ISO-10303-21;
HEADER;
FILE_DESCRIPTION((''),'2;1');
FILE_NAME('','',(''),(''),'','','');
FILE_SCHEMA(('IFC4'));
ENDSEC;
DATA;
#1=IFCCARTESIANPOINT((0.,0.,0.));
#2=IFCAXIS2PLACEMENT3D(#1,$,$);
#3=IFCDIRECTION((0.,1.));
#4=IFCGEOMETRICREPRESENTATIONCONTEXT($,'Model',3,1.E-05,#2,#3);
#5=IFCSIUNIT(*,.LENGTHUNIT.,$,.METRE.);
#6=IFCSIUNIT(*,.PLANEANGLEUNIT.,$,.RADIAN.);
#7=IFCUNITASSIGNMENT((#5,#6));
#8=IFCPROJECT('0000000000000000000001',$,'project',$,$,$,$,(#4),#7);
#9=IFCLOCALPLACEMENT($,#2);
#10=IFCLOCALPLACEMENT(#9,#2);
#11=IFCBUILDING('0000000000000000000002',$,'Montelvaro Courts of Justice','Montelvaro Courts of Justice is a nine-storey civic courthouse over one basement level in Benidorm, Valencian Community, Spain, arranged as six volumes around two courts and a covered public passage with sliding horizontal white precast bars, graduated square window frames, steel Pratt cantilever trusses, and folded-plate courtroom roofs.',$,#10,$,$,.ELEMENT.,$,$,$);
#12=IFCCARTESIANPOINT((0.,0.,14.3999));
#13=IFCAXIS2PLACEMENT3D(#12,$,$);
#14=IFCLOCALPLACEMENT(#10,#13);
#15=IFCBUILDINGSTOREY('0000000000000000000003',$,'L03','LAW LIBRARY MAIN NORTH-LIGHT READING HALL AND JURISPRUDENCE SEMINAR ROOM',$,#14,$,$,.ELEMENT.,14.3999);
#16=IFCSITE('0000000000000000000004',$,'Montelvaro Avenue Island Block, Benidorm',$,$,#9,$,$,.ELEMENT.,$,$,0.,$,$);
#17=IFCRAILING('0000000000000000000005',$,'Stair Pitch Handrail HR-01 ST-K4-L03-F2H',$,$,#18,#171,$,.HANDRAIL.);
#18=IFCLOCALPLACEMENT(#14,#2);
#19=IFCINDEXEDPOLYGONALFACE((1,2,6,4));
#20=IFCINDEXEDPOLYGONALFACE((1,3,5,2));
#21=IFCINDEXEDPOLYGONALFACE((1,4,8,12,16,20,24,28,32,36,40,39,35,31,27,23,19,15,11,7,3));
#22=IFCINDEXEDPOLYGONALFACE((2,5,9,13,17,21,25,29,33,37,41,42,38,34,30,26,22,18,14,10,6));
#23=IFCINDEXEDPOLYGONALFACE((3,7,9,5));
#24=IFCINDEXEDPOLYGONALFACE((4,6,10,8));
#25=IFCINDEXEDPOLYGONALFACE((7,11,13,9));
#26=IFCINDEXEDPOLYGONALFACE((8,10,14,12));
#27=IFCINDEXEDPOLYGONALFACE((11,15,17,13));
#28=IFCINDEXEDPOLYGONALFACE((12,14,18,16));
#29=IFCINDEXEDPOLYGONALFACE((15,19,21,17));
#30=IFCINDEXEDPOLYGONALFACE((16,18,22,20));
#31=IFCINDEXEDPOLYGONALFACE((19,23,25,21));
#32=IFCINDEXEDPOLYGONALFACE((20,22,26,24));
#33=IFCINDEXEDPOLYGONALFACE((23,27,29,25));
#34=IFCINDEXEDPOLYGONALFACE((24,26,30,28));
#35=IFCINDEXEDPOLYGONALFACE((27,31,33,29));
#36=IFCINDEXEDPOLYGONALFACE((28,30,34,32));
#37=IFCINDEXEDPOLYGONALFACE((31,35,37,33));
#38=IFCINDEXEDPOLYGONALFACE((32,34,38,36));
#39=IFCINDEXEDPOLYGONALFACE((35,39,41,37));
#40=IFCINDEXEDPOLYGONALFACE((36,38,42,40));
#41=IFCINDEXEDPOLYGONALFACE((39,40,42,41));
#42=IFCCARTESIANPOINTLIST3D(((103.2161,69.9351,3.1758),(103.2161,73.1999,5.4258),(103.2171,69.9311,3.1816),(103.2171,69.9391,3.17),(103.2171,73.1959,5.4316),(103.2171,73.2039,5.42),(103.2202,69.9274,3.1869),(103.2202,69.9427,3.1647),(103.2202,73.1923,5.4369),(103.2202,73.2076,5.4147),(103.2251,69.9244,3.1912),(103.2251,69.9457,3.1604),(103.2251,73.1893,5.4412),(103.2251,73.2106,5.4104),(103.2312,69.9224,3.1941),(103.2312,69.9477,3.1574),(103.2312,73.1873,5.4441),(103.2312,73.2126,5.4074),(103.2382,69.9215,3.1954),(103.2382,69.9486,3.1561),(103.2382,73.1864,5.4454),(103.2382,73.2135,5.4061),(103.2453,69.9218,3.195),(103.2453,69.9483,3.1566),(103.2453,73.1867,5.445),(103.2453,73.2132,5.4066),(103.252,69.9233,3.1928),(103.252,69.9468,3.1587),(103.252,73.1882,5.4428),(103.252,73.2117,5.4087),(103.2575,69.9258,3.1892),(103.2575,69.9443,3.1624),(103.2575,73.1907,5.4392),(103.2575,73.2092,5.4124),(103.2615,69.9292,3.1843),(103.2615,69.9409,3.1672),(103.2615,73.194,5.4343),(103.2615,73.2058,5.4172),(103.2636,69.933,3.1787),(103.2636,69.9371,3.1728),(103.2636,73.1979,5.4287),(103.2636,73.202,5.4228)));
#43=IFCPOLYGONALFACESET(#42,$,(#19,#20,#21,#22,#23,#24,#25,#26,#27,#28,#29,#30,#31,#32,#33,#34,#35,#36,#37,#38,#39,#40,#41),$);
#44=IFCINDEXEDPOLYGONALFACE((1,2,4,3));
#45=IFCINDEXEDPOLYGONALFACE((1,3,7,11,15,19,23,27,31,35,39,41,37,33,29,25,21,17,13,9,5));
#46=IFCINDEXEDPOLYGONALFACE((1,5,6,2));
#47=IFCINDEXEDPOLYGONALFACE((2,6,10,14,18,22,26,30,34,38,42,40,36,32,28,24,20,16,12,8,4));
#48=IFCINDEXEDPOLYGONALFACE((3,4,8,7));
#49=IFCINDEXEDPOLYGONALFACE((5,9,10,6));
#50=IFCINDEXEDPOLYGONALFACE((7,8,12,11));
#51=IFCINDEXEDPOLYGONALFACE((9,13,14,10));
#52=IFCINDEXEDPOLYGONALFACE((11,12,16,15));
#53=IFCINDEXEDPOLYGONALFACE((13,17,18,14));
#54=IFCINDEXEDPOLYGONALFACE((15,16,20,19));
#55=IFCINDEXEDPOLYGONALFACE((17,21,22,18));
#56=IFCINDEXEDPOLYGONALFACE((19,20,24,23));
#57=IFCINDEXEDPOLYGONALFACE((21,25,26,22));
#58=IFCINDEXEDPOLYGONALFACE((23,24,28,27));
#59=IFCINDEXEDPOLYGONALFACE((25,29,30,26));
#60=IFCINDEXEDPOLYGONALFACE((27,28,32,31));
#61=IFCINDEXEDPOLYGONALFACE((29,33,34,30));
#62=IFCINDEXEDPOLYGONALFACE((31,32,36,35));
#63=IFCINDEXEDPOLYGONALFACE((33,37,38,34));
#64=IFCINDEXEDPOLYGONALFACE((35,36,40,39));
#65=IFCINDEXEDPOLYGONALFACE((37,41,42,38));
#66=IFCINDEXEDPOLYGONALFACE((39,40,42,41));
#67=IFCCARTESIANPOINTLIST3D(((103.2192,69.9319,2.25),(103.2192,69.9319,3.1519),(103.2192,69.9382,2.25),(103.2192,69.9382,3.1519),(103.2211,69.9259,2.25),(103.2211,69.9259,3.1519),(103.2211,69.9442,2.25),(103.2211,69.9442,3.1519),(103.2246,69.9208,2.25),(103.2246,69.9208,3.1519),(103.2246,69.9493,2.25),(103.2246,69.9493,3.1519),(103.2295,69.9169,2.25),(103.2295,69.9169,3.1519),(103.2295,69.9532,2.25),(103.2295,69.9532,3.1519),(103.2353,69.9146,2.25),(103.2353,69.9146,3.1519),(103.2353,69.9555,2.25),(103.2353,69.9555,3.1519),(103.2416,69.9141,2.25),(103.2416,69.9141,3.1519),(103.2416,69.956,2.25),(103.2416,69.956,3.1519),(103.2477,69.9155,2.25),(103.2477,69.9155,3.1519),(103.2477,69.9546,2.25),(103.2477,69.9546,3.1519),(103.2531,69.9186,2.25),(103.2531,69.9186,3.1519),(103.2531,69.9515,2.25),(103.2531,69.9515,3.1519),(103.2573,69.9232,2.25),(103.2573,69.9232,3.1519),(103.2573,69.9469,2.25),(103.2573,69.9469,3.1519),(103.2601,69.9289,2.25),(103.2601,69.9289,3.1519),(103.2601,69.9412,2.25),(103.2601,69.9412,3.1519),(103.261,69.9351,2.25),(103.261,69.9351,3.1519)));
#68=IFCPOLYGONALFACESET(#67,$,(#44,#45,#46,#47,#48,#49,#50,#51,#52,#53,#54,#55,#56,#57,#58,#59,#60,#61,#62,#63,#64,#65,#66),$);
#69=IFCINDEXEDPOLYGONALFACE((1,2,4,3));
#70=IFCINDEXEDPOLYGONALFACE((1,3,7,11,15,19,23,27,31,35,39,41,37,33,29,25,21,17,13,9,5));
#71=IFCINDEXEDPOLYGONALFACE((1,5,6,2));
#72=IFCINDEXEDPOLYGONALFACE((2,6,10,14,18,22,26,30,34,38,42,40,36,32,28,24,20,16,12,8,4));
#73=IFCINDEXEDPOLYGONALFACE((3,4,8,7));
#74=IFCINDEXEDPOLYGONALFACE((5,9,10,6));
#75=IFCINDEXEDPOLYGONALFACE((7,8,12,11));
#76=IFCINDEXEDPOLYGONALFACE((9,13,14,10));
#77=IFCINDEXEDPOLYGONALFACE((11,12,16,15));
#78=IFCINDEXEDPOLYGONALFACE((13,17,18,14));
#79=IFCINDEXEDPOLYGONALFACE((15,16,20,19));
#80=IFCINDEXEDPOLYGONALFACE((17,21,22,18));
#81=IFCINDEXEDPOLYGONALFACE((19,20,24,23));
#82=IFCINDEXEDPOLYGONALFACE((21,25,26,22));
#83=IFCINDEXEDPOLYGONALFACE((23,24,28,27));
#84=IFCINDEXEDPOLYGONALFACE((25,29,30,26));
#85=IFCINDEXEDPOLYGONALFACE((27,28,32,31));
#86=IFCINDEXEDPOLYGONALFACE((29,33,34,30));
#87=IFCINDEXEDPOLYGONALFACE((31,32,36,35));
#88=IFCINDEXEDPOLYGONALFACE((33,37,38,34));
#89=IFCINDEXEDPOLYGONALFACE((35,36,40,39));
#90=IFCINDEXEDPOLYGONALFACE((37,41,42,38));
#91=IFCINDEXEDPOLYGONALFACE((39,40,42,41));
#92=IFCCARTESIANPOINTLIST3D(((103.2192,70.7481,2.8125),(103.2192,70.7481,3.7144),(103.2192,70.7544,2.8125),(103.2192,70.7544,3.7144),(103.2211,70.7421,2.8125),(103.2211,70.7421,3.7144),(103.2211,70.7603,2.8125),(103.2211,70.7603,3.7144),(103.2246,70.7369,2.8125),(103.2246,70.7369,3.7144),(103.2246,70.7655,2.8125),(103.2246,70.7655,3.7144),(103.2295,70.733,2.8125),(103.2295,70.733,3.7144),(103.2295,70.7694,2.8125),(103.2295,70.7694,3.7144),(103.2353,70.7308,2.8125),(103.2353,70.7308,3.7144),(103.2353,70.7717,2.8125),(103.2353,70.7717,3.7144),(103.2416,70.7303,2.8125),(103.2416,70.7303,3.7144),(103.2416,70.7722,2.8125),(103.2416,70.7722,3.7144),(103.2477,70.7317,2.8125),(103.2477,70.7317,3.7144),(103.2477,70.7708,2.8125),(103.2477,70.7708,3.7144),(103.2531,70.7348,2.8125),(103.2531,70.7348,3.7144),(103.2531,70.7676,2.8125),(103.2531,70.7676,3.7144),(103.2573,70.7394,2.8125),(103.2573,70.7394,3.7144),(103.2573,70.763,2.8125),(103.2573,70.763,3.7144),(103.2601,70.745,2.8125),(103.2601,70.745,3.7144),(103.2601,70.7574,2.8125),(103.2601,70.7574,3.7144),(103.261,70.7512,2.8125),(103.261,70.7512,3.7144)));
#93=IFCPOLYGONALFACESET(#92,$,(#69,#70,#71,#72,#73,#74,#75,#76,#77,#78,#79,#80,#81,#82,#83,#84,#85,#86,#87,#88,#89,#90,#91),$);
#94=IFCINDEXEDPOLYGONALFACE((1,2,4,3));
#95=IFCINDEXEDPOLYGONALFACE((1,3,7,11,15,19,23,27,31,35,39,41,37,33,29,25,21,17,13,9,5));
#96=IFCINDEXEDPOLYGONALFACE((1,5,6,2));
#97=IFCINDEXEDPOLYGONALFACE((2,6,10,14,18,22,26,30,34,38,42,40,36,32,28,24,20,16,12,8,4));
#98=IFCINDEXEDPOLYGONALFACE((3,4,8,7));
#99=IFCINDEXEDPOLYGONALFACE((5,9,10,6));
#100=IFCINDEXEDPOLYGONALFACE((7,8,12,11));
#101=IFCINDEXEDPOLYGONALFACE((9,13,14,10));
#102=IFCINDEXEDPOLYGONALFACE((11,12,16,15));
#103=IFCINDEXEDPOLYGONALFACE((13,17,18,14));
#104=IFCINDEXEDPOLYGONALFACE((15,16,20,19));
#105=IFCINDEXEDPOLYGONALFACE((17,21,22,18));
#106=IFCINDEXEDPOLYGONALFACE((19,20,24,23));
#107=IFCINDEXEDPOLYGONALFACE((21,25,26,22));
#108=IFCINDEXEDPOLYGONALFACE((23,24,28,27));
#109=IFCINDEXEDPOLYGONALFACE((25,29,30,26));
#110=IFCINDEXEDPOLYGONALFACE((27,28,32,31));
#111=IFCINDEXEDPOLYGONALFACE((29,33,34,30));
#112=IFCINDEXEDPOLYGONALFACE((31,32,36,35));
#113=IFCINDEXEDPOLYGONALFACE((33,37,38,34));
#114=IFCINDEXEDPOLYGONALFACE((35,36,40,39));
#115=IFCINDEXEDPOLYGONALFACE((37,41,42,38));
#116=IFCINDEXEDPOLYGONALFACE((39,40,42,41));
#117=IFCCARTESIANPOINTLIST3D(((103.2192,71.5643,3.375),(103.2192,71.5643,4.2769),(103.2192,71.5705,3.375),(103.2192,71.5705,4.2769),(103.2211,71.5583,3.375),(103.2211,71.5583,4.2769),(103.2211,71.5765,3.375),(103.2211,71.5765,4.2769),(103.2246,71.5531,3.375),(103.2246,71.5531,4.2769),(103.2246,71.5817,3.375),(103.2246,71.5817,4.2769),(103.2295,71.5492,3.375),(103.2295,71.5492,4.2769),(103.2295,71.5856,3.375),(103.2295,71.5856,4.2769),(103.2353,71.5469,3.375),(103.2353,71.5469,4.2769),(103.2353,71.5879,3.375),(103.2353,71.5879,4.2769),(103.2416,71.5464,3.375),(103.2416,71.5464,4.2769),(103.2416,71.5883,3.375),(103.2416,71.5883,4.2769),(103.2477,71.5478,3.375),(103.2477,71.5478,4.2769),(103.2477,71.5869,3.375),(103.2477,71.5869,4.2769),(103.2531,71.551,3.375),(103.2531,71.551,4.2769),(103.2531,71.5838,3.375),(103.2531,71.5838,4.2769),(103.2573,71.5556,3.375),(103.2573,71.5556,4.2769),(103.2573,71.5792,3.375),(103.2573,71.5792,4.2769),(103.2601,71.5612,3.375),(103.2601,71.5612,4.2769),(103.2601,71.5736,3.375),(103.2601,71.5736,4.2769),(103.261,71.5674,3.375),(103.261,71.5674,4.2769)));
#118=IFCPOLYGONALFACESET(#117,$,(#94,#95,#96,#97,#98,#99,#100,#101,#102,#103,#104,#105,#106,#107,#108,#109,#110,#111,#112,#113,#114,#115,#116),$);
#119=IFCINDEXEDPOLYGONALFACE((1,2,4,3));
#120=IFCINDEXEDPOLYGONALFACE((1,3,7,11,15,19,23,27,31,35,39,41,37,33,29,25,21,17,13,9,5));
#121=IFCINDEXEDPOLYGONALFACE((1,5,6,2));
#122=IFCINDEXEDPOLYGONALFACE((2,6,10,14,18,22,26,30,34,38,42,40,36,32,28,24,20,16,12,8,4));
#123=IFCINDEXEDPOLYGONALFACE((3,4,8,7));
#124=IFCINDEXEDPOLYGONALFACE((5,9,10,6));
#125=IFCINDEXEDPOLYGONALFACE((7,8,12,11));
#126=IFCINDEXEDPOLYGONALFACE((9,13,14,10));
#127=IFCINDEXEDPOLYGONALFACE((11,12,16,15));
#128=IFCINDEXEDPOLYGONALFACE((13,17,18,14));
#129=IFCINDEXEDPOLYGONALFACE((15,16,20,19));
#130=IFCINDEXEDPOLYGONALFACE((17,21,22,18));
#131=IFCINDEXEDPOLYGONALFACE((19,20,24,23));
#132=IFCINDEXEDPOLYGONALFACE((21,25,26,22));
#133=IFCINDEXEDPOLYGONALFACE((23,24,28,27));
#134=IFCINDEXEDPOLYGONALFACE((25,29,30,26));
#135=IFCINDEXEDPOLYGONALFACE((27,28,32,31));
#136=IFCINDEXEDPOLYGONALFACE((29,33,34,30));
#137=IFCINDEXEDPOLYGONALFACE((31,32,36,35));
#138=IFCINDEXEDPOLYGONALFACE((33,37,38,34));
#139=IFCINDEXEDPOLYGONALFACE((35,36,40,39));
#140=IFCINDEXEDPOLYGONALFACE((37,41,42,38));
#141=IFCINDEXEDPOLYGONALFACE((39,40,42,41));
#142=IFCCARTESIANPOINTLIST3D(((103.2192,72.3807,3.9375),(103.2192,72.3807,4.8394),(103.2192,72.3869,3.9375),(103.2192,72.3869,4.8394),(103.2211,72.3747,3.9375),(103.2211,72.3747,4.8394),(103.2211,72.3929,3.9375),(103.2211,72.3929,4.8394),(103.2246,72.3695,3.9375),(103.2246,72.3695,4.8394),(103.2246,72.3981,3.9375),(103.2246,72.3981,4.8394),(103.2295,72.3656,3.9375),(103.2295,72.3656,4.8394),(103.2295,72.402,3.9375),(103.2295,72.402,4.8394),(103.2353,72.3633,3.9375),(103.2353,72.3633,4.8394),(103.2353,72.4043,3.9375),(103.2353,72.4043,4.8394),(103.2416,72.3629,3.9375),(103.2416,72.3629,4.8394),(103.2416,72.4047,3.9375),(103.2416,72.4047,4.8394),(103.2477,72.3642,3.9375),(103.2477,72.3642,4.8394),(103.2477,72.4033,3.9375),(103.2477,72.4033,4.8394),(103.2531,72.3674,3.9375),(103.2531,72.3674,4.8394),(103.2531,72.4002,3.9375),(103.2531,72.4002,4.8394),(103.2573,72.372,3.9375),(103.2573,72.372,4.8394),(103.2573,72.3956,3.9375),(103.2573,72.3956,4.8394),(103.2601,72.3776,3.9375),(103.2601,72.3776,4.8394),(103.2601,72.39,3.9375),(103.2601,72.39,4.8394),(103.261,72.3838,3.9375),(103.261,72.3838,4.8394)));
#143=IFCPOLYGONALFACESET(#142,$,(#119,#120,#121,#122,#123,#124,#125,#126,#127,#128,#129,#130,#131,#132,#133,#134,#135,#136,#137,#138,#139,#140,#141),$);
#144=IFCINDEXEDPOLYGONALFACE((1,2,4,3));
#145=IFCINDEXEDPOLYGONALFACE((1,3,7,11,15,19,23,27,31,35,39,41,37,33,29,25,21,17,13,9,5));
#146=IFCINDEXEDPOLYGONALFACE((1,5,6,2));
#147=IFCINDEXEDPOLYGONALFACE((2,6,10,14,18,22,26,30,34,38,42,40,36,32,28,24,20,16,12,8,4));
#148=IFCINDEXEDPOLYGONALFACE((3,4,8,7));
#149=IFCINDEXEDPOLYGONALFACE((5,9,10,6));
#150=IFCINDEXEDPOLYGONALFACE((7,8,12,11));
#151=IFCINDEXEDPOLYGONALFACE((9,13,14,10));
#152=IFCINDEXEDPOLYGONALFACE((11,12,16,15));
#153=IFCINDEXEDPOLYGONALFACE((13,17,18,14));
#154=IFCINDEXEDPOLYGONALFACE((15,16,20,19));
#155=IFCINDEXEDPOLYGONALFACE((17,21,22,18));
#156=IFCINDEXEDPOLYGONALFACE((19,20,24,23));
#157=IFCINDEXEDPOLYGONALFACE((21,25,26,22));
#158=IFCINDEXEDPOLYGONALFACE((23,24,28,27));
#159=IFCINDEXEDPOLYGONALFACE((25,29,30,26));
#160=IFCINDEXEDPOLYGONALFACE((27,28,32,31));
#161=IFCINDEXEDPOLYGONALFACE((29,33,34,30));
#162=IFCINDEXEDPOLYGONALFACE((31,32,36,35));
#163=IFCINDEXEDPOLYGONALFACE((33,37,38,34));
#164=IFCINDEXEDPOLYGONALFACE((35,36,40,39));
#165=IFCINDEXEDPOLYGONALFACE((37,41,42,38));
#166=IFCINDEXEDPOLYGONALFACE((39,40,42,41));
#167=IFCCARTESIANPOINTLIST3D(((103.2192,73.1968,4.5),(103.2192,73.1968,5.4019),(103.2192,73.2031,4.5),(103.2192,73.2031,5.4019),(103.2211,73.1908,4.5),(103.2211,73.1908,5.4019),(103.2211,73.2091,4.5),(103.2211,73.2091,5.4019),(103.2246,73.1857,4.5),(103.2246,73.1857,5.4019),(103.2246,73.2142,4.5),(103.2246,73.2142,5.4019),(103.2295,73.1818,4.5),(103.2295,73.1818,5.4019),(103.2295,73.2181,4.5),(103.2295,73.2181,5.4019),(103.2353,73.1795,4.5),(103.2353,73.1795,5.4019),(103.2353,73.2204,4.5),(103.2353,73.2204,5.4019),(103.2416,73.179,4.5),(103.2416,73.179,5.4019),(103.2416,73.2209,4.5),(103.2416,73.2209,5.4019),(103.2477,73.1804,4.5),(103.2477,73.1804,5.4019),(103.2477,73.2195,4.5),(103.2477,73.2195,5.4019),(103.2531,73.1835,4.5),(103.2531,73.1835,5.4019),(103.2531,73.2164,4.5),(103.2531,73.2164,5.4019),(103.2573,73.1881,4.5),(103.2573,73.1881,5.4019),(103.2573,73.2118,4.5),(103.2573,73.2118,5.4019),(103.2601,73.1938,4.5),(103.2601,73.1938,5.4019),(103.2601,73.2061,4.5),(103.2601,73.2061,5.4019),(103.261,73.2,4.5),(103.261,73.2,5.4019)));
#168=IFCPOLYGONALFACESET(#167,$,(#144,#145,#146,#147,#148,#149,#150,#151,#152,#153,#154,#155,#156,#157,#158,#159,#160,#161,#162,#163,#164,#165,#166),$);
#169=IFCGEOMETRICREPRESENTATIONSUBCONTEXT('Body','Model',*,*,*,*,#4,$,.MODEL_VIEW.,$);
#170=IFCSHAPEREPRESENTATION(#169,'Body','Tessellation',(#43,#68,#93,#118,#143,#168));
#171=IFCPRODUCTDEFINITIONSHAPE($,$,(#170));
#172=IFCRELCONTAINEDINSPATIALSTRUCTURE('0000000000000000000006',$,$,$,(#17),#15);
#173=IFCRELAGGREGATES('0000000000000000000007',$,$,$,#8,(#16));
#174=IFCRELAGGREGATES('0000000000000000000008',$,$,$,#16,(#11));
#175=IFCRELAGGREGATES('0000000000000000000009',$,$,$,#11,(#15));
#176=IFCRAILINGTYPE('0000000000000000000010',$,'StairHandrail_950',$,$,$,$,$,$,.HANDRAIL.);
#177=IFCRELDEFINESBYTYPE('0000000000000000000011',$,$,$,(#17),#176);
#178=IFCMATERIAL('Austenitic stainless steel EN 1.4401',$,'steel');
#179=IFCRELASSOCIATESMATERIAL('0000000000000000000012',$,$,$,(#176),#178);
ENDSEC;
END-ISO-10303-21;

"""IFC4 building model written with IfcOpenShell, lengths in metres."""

from ifc_helpers import new_model, si_unit, direction, frame, origin, origin_2d, place, context, subcontext, project, spatial, circle, extrude, material, type_object, element, save


model = new_model("IFC4")

# Units and contexts
model_context = context("Model", 3, precision=1e-05, world=origin(), true_north=direction((0.0, 1.0)))
body_context = subcontext(model_context, "Body", "Model", "MODEL_VIEW")
ifc_project = project(units=[si_unit("LENGTHUNIT", "METRE"), si_unit("PLANEANGLEUNIT", "RADIAN")], contexts=[model_context])

# Site, building, storey
site_placement = place(None, origin())
site = spatial("IfcSite", under=ifc_project, at=site_placement, Name="Montelvaro Avenue Island Block, Benidorm", CompositionType="ELEMENT", RefElevation=0.0)
building_placement = place(site_placement, origin())
building = spatial("IfcBuilding", under=site, at=building_placement, Name="Montelvaro Courts of Justice", Description="Montelvaro Courts of Justice is a nine-storey civic courthouse over one basement level in Benidorm, Valencian Community, Spain, arranged as six volumes around two courts and a covered public passage with sliding horizontal white precast bars, graduated square window frames, steel Pratt cantilever trusses, and folded-plate courtroom roofs.", CompositionType="ELEMENT")
storey_placement = place(building_placement, frame((0.0, 0.0, 14.3999)))
storey = spatial("IfcBuildingStorey", under=building, at=storey_placement, Name="L03", Description="LAW LIBRARY MAIN NORTH-LIGHT READING HALL AND JURISPRUDENCE SEMINAR ROOM", CompositionType="ELEMENT", Elevation=14.3999)

# Railing
ifc_material_1 = material(Name="Austenitic stainless steel EN 1.4401", Category="steel")
railing_type_1 = type_object("IfcRailingType", Name="StairHandrail_950", PredefinedType="HANDRAIL", material=ifc_material_1)
railing_1_placement = place(storey_placement, frame((103.24, 69.9351, 2.25)))
element("IfcRailing", 1, at=railing_1_placement, inside=storey, type_object=railing_type_1, Name="Stair Pitch Handrail HR-01 ST-K4-L03-F2H", PredefinedType="HANDRAIL", context=body_context, shape_type="SweptSolid", body=[
    extrude(circle(Radius=0.0239, at=origin_2d()), frame((0.0, 0.0, 0.9258), z_axis=(0.0, 0.823407, 0.567451), x_axis=(-1.0, 0.0, 0.0)), (0.0, 0.0, 1.0), 3.9651),
    extrude(circle(Radius=0.021, at=origin_2d()), origin(), (0.0, 0.0, 1.0), 0.9019),
    extrude(circle(Radius=0.021, at=origin_2d()), frame((0.0, 0.8162, 0.5625)), (0.0, 0.0, 1.0), 0.9019),
    extrude(circle(Radius=0.021, at=origin_2d()), frame((0.0, 1.6323, 1.125)), (0.0, 0.0, 1.0), 0.9019),
    extrude(circle(Radius=0.021, at=origin_2d()), frame((0.0, 2.4487, 1.6875)), (0.0, 0.0, 1.0), 0.9019),
    extrude(circle(Radius=0.021, at=origin_2d()), frame((0.0, 3.2649, 2.25)), (0.0, 0.0, 1.0), 0.9019),
])

save(model, "model.ifc")
